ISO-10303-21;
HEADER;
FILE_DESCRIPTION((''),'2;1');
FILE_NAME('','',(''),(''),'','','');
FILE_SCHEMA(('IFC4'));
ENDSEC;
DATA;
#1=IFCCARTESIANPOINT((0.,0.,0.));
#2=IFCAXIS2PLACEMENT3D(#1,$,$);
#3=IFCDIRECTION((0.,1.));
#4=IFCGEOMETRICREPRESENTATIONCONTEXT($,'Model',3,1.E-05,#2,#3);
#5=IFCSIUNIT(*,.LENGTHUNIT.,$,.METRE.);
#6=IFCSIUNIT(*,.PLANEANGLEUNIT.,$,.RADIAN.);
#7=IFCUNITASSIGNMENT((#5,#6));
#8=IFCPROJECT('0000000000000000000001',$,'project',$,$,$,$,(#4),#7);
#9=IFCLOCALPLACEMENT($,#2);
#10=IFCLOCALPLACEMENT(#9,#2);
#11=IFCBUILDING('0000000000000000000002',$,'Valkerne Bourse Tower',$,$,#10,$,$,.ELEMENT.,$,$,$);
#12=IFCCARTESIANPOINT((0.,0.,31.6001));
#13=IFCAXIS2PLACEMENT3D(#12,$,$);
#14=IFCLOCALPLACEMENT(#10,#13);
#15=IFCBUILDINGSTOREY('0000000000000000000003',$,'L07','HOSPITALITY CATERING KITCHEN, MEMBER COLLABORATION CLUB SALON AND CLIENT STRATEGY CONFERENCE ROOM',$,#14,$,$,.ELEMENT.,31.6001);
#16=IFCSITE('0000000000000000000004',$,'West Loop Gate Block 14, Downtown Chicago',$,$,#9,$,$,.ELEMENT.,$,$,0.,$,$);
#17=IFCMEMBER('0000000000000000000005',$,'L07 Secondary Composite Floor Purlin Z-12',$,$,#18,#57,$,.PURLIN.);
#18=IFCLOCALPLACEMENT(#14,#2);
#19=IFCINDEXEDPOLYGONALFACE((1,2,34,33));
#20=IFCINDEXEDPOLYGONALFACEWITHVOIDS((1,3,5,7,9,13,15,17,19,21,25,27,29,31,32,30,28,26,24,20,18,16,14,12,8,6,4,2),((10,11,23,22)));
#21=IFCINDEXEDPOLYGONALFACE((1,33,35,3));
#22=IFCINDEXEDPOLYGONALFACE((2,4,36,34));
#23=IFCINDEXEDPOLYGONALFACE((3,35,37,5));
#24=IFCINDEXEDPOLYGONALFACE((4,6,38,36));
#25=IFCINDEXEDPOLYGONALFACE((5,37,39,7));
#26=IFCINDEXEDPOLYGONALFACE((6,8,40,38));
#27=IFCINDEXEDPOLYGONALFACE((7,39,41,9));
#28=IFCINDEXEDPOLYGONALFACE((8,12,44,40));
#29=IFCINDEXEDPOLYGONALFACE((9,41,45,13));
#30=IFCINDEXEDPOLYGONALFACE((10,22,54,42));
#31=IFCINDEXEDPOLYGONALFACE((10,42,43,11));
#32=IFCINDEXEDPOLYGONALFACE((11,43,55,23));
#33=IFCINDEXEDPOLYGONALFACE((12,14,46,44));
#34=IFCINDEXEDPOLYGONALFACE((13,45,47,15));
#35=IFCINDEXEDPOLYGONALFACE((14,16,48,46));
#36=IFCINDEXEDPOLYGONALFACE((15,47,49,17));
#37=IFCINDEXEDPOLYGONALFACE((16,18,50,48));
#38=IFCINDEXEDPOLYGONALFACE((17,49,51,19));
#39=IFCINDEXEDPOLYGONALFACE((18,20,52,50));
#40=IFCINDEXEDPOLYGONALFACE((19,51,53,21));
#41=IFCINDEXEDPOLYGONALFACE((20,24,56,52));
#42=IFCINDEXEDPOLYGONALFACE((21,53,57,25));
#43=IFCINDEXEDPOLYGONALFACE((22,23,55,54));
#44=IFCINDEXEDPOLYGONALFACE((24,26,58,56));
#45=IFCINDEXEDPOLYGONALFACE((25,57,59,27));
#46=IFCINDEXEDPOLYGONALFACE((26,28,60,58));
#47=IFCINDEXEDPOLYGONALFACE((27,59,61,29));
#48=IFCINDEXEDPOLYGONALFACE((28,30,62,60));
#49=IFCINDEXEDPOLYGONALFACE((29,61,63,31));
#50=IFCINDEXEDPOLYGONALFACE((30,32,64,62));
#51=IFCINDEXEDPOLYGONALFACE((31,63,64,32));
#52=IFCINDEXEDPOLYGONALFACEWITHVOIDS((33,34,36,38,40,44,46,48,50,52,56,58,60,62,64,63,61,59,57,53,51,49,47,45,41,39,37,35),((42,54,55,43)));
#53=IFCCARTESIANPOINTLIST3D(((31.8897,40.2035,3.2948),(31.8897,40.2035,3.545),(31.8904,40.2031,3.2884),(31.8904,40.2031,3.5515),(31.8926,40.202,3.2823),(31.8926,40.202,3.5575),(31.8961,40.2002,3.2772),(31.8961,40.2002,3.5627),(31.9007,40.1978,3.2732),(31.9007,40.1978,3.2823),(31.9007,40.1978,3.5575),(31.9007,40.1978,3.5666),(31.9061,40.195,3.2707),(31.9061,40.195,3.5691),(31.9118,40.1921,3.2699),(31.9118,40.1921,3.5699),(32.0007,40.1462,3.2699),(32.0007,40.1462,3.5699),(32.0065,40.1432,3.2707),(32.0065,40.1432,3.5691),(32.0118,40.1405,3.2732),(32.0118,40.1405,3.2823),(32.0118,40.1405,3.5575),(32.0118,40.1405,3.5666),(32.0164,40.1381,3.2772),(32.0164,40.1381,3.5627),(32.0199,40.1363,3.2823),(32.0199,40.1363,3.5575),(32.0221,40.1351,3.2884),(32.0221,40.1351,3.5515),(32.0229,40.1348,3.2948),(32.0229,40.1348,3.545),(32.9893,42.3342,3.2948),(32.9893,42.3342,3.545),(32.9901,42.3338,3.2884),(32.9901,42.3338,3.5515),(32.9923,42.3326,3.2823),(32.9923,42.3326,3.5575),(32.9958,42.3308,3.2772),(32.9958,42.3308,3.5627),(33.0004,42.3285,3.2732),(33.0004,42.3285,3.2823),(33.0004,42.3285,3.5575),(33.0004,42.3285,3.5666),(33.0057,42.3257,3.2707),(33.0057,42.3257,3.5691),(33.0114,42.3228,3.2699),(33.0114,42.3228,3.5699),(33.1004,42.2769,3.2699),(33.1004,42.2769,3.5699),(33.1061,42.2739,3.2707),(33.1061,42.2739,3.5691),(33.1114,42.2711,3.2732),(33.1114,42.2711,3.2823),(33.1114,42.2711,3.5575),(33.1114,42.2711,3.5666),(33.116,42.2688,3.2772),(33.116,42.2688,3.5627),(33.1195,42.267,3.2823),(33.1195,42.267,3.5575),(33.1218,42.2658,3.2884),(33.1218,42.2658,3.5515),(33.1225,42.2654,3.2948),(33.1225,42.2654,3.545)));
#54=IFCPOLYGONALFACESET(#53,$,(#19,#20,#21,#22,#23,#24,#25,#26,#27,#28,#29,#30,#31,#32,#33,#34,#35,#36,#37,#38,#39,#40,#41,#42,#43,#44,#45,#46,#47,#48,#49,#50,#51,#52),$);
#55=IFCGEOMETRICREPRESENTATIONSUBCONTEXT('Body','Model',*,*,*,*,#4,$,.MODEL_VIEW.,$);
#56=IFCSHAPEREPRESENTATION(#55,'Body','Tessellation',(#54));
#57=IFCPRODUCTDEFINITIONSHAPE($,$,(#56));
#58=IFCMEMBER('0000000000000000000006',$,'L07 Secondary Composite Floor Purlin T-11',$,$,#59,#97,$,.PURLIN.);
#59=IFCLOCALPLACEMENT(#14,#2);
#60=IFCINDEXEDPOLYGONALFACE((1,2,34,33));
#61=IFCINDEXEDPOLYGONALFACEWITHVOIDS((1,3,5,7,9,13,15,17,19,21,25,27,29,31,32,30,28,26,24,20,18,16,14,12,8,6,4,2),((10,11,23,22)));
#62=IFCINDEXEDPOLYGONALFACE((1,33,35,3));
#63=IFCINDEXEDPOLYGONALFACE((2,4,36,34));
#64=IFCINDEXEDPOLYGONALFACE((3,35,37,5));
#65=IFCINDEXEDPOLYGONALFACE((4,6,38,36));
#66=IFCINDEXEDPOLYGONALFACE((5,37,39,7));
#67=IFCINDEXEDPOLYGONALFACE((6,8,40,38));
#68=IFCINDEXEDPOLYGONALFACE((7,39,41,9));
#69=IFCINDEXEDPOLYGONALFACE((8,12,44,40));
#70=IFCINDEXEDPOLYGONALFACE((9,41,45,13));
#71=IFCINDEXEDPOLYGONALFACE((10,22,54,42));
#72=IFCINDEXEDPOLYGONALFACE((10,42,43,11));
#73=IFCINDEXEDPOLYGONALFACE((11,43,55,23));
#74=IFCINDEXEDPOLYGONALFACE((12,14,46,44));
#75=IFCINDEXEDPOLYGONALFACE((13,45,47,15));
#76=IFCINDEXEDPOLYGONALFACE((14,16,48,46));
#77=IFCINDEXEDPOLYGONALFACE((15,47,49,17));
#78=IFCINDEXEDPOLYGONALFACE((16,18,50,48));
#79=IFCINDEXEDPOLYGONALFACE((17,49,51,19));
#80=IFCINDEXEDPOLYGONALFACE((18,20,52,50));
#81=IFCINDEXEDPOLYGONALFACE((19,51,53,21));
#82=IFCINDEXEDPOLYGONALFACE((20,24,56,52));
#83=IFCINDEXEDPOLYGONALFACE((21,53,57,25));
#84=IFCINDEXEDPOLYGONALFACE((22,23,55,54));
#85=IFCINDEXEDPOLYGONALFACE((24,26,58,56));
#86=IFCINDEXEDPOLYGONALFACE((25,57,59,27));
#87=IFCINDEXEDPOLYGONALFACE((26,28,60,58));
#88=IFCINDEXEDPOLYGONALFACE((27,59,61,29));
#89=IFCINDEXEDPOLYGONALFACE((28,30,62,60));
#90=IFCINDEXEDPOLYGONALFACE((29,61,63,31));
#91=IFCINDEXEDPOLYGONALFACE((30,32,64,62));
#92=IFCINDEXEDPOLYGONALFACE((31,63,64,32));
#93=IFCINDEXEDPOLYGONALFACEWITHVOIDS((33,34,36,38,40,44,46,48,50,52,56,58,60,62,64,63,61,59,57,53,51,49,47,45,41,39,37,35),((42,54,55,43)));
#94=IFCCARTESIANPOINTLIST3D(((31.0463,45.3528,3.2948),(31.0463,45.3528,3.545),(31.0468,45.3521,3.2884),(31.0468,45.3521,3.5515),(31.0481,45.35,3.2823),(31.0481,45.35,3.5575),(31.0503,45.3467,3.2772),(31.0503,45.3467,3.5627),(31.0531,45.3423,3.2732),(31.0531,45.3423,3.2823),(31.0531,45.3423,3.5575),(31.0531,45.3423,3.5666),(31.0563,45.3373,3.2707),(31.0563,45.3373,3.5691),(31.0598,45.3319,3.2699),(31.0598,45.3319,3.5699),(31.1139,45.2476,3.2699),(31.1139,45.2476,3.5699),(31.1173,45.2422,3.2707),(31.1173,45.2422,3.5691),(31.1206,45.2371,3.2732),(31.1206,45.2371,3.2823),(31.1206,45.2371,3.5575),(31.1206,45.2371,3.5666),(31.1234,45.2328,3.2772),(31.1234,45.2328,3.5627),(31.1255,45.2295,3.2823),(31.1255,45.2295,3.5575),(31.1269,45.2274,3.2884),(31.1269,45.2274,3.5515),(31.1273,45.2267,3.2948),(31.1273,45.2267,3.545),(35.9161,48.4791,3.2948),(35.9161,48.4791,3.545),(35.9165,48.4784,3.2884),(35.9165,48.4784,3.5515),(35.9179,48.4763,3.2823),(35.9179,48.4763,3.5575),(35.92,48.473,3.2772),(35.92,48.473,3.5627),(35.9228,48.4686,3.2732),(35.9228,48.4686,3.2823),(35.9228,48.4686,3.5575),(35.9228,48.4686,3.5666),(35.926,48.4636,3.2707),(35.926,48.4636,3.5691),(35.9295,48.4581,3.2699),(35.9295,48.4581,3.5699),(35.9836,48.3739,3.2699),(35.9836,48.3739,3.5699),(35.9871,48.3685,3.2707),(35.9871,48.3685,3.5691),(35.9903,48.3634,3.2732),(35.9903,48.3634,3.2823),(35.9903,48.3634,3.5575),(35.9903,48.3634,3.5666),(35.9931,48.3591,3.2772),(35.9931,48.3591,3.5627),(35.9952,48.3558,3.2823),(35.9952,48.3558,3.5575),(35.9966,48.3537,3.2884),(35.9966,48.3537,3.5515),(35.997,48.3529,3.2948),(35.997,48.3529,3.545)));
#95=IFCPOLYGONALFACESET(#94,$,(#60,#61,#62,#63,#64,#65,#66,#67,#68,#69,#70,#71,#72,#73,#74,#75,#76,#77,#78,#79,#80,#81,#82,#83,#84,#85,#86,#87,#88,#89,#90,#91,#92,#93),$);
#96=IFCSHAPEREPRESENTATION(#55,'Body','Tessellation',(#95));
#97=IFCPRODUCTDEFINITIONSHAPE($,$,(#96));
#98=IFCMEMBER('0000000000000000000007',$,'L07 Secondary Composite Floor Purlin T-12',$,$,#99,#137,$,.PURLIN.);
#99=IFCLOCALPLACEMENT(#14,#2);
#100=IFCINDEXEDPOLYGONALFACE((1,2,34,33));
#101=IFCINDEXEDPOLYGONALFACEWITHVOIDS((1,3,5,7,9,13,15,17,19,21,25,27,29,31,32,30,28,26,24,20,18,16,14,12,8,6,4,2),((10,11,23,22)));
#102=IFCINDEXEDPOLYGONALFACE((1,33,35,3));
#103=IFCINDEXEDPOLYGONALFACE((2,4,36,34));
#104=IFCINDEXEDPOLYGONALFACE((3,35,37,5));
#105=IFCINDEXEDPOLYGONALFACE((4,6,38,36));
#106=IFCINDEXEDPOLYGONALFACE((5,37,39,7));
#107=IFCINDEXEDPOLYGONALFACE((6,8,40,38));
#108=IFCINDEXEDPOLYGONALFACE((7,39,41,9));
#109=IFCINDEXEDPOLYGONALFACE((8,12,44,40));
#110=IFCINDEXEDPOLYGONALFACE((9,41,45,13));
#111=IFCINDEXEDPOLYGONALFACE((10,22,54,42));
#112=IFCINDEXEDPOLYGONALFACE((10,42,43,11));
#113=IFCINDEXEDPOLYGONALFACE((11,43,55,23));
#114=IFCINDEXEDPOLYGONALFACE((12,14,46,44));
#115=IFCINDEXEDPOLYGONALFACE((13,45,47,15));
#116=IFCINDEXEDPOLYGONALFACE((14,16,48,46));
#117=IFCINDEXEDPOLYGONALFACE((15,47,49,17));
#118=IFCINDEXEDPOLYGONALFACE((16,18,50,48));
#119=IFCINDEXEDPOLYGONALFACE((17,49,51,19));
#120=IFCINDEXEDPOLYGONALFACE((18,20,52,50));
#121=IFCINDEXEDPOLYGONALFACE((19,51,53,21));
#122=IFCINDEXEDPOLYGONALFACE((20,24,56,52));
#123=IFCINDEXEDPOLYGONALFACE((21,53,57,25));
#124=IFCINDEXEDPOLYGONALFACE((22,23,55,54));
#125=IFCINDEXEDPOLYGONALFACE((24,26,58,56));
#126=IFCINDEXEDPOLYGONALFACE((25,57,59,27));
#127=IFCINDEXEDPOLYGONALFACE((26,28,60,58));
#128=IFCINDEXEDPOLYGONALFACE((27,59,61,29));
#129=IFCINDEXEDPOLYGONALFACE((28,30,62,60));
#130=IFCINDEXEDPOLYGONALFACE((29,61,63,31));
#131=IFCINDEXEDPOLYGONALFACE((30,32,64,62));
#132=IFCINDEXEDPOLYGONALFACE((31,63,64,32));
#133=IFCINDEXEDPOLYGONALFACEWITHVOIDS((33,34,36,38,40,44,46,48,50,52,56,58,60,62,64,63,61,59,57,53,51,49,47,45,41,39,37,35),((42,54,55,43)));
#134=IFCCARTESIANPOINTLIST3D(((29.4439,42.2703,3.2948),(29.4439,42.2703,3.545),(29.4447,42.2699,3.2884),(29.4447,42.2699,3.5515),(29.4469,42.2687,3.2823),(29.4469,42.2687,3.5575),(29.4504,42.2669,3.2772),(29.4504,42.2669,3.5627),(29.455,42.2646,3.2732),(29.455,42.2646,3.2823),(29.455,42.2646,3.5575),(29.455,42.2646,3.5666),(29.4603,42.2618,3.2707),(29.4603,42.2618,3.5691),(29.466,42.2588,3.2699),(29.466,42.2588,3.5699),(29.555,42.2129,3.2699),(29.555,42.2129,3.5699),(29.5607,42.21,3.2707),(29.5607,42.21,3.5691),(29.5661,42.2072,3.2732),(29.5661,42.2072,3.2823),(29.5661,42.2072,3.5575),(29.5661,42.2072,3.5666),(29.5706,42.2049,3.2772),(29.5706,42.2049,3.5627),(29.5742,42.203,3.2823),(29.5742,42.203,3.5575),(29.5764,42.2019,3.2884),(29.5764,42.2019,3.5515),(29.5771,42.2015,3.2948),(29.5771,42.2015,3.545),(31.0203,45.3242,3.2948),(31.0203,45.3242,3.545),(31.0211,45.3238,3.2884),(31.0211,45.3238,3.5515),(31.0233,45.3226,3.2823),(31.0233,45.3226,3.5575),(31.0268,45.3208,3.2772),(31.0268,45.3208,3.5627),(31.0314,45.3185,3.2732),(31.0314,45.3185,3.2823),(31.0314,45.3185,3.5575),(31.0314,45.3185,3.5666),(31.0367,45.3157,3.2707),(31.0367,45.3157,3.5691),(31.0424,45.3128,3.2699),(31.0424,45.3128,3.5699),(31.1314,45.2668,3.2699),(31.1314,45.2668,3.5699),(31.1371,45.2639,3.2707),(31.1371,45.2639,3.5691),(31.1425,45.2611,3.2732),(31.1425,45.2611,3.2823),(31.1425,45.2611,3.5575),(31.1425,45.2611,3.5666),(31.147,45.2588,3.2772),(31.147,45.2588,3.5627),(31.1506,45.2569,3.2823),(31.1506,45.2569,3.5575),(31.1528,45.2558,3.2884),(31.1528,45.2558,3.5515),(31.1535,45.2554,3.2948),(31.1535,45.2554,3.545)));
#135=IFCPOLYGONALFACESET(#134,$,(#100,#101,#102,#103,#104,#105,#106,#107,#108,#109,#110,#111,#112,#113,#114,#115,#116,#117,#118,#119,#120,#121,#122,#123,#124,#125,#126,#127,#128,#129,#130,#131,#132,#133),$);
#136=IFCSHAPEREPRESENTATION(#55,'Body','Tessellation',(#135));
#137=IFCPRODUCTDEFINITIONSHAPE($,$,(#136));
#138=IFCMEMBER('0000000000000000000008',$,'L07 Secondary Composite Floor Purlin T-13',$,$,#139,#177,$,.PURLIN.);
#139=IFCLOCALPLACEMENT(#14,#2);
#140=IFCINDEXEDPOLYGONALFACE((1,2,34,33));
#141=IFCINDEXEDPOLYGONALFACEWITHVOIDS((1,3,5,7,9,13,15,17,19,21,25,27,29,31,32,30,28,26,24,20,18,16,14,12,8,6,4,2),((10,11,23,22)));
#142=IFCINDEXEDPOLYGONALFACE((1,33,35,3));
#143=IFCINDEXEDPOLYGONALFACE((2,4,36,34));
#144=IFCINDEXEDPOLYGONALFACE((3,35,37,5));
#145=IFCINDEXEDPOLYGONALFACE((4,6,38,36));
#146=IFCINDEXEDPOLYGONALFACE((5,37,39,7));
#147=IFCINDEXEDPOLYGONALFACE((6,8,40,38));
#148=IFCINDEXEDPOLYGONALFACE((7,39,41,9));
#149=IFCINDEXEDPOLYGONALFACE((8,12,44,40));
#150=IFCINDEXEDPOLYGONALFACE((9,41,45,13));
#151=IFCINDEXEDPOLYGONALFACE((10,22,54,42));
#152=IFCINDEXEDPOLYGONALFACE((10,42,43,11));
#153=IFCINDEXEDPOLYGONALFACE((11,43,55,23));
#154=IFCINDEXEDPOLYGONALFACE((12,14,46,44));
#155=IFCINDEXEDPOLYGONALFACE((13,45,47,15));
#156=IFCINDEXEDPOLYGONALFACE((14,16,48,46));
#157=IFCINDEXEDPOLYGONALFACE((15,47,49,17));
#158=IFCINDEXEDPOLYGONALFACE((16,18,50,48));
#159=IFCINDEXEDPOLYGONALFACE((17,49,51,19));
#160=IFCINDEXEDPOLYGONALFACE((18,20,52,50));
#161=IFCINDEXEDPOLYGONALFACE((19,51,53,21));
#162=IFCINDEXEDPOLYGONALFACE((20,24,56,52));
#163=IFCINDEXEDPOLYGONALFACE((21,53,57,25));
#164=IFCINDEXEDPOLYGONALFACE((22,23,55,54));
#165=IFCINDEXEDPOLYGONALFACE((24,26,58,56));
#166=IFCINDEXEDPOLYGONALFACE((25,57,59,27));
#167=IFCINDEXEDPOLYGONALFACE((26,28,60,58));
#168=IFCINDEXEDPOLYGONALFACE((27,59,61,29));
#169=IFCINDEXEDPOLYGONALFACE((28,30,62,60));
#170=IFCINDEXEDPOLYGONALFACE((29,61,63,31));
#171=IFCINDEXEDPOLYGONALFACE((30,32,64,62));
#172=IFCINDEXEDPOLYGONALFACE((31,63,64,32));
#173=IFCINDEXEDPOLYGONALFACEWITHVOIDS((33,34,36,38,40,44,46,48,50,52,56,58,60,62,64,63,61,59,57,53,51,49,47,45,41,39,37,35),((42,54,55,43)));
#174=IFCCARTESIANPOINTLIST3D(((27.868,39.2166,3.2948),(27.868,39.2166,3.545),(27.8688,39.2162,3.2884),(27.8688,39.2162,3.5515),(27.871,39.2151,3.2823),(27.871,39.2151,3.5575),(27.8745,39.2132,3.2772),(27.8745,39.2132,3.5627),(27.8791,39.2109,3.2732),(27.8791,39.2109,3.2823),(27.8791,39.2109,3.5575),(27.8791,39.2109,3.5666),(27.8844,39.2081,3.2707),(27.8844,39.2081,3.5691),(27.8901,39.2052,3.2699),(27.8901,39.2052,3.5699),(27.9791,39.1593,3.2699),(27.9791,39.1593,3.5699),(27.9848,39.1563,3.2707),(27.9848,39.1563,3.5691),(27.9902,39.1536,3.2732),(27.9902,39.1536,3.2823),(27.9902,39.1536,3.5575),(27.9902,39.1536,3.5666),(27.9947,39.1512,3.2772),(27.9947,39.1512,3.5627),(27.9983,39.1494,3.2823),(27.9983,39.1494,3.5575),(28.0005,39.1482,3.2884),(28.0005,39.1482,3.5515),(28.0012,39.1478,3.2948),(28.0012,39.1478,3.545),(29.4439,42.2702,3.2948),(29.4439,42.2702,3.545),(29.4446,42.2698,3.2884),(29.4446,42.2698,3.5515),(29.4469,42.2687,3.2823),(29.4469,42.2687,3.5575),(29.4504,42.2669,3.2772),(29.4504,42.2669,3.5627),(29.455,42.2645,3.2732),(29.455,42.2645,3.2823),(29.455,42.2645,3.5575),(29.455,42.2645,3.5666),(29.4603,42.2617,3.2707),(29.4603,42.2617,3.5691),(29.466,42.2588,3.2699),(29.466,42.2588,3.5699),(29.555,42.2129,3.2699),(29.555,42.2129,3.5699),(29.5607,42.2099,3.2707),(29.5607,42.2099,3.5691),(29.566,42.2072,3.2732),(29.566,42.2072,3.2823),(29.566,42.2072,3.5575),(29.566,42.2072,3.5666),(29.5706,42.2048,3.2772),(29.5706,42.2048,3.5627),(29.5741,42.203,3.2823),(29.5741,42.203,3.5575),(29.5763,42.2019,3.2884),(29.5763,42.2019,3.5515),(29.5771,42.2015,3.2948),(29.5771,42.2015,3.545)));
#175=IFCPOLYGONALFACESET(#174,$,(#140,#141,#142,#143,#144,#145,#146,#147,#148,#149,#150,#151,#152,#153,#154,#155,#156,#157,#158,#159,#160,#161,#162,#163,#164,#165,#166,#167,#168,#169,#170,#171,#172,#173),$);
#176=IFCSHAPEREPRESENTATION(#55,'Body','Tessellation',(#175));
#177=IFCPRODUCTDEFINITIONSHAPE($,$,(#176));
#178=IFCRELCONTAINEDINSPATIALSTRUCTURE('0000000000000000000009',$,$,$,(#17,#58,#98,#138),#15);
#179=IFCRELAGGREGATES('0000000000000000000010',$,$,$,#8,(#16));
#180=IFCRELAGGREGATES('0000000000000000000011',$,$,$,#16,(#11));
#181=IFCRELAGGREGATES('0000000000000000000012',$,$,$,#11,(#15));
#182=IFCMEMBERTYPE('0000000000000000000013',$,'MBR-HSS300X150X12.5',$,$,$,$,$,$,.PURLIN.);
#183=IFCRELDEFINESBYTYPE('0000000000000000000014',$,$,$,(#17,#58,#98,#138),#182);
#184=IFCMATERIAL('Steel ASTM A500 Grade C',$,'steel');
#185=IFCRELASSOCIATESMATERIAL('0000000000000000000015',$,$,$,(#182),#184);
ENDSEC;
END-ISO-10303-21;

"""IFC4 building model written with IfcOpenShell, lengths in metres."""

from ifc_helpers import new_model, si_unit, direction, frame, origin, origin_2d, place, context, subcontext, project, spatial, hollow_rectangle, extrude, material, material_profile, profile_set, type_object, element, save


model = new_model("IFC4")

# Units and contexts
model_context = context("Model", 3, precision=1e-05, world=origin(), true_north=direction((0.0, 1.0)))
body_context = subcontext(model_context, "Body", "Model", "MODEL_VIEW")
ifc_project = project(units=[si_unit("LENGTHUNIT", "METRE"), si_unit("PLANEANGLEUNIT", "RADIAN")], contexts=[model_context])

# Site, building, storey
site_placement = place(None, origin())
site = spatial("IfcSite", under=ifc_project, at=site_placement, Name="West Loop Gate Block 14, Downtown Chicago", CompositionType="ELEMENT", RefElevation=0.0)
building_placement = place(site_placement, origin())
building = spatial("IfcBuilding", under=site, at=building_placement, Name="Valkerne Bourse Tower", CompositionType="ELEMENT")
storey_placement = place(building_placement, frame((0.0, 0.0, 31.6001)))
storey = spatial("IfcBuildingStorey", under=building, at=storey_placement, Name="L07", Description="HOSPITALITY CATERING KITCHEN, MEMBER COLLABORATION CLUB SALON AND CLIENT STRATEGY CONFERENCE ROOM", CompositionType="ELEMENT", Elevation=31.6001)

# Members
ifc_material_1 = material(Name="Steel ASTM A500 Grade C", Category="steel")
ifc_material_profile_1 = material_profile(ifc_material_1, hollow_rectangle(XDim=0.1499, YDim=0.3, WallThickness=0.0125, OuterFilletRadius=0.0249, at=origin_2d()), Name="HSS300X150X12.5")
ifc_profile_set_1 = profile_set([ifc_material_profile_1], Name="Steel ASTM A500 Grade C")
member_type_1 = type_object("IfcMemberType", Name="MBR-HSS300X150X12.5", PredefinedType="PURLIN", material=ifc_profile_set_1)
member_1_placement = place(storey_placement, frame((33.0559, 42.2998, 3.4199), z_axis=(-0.458622, -0.888631, 0.0), x_axis=(0.888631, -0.458622, 0.0)))
element("IfcMember", 1, at=member_1_placement, inside=storey, type_object=member_type_1, Name="L07 Secondary Composite Floor Purlin Z-12", PredefinedType="PURLIN", context=body_context, shape_type="SweptSolid", body=[
    extrude(hollow_rectangle(XDim=0.1499, YDim=0.3, WallThickness=0.0125, OuterFilletRadius=0.0249, at=origin_2d()), origin(), (0.0, 0.0, 1.0), 2.3977),
])
member_2_placement = place(storey_placement, frame((35.9565, 48.416, 3.4199), z_axis=(-0.841513, -0.540237, 0.0), x_axis=(0.540237, -0.841513, 0.0)))
element("IfcMember", 2, at=member_2_placement, inside=storey, type_object=member_type_1, Name="L07 Secondary Composite Floor Purlin T-11", PredefinedType="PURLIN", context=body_context, shape_type="SweptSolid", body=[
    extrude(hollow_rectangle(XDim=0.1499, YDim=0.3, WallThickness=0.0125, OuterFilletRadius=0.0249, at=origin_2d()), origin(), (0.0, 0.0, 1.0), 5.7869),
])
member_3_placement = place(storey_placement, frame((31.0869, 45.2898, 3.4199), z_axis=(-0.458685, -0.888599, 0.0), x_axis=(0.888599, -0.458685, 0.0)))
element("IfcMember", 3, at=member_3_placement, inside=storey, type_object=member_type_1, Name="L07 Secondary Composite Floor Purlin T-12", PredefinedType="PURLIN", context=body_context, shape_type="SweptSolid", body=[
    extrude(hollow_rectangle(XDim=0.1499, YDim=0.3, WallThickness=0.0125, OuterFilletRadius=0.0249, at=origin_2d()), origin(), (0.0, 0.0, 1.0), 3.4368),
])
member_4_placement = place(storey_placement, frame((29.5105, 42.2358, 3.4199), z_axis=(-0.458601, -0.888642, 0.0), x_axis=(0.888642, -0.458601, 0.0)))
element("IfcMember", 4, at=member_4_placement, inside=storey, type_object=member_type_1, Name="L07 Secondary Composite Floor Purlin T-13", PredefinedType="PURLIN", context=body_context, shape_type="SweptSolid", body=[
    extrude(hollow_rectangle(XDim=0.1499, YDim=0.3, WallThickness=0.0125, OuterFilletRadius=0.0249, at=origin_2d()), origin(), (0.0, 0.0, 1.0), 3.4363),
])

save(model, "model.ifc")
